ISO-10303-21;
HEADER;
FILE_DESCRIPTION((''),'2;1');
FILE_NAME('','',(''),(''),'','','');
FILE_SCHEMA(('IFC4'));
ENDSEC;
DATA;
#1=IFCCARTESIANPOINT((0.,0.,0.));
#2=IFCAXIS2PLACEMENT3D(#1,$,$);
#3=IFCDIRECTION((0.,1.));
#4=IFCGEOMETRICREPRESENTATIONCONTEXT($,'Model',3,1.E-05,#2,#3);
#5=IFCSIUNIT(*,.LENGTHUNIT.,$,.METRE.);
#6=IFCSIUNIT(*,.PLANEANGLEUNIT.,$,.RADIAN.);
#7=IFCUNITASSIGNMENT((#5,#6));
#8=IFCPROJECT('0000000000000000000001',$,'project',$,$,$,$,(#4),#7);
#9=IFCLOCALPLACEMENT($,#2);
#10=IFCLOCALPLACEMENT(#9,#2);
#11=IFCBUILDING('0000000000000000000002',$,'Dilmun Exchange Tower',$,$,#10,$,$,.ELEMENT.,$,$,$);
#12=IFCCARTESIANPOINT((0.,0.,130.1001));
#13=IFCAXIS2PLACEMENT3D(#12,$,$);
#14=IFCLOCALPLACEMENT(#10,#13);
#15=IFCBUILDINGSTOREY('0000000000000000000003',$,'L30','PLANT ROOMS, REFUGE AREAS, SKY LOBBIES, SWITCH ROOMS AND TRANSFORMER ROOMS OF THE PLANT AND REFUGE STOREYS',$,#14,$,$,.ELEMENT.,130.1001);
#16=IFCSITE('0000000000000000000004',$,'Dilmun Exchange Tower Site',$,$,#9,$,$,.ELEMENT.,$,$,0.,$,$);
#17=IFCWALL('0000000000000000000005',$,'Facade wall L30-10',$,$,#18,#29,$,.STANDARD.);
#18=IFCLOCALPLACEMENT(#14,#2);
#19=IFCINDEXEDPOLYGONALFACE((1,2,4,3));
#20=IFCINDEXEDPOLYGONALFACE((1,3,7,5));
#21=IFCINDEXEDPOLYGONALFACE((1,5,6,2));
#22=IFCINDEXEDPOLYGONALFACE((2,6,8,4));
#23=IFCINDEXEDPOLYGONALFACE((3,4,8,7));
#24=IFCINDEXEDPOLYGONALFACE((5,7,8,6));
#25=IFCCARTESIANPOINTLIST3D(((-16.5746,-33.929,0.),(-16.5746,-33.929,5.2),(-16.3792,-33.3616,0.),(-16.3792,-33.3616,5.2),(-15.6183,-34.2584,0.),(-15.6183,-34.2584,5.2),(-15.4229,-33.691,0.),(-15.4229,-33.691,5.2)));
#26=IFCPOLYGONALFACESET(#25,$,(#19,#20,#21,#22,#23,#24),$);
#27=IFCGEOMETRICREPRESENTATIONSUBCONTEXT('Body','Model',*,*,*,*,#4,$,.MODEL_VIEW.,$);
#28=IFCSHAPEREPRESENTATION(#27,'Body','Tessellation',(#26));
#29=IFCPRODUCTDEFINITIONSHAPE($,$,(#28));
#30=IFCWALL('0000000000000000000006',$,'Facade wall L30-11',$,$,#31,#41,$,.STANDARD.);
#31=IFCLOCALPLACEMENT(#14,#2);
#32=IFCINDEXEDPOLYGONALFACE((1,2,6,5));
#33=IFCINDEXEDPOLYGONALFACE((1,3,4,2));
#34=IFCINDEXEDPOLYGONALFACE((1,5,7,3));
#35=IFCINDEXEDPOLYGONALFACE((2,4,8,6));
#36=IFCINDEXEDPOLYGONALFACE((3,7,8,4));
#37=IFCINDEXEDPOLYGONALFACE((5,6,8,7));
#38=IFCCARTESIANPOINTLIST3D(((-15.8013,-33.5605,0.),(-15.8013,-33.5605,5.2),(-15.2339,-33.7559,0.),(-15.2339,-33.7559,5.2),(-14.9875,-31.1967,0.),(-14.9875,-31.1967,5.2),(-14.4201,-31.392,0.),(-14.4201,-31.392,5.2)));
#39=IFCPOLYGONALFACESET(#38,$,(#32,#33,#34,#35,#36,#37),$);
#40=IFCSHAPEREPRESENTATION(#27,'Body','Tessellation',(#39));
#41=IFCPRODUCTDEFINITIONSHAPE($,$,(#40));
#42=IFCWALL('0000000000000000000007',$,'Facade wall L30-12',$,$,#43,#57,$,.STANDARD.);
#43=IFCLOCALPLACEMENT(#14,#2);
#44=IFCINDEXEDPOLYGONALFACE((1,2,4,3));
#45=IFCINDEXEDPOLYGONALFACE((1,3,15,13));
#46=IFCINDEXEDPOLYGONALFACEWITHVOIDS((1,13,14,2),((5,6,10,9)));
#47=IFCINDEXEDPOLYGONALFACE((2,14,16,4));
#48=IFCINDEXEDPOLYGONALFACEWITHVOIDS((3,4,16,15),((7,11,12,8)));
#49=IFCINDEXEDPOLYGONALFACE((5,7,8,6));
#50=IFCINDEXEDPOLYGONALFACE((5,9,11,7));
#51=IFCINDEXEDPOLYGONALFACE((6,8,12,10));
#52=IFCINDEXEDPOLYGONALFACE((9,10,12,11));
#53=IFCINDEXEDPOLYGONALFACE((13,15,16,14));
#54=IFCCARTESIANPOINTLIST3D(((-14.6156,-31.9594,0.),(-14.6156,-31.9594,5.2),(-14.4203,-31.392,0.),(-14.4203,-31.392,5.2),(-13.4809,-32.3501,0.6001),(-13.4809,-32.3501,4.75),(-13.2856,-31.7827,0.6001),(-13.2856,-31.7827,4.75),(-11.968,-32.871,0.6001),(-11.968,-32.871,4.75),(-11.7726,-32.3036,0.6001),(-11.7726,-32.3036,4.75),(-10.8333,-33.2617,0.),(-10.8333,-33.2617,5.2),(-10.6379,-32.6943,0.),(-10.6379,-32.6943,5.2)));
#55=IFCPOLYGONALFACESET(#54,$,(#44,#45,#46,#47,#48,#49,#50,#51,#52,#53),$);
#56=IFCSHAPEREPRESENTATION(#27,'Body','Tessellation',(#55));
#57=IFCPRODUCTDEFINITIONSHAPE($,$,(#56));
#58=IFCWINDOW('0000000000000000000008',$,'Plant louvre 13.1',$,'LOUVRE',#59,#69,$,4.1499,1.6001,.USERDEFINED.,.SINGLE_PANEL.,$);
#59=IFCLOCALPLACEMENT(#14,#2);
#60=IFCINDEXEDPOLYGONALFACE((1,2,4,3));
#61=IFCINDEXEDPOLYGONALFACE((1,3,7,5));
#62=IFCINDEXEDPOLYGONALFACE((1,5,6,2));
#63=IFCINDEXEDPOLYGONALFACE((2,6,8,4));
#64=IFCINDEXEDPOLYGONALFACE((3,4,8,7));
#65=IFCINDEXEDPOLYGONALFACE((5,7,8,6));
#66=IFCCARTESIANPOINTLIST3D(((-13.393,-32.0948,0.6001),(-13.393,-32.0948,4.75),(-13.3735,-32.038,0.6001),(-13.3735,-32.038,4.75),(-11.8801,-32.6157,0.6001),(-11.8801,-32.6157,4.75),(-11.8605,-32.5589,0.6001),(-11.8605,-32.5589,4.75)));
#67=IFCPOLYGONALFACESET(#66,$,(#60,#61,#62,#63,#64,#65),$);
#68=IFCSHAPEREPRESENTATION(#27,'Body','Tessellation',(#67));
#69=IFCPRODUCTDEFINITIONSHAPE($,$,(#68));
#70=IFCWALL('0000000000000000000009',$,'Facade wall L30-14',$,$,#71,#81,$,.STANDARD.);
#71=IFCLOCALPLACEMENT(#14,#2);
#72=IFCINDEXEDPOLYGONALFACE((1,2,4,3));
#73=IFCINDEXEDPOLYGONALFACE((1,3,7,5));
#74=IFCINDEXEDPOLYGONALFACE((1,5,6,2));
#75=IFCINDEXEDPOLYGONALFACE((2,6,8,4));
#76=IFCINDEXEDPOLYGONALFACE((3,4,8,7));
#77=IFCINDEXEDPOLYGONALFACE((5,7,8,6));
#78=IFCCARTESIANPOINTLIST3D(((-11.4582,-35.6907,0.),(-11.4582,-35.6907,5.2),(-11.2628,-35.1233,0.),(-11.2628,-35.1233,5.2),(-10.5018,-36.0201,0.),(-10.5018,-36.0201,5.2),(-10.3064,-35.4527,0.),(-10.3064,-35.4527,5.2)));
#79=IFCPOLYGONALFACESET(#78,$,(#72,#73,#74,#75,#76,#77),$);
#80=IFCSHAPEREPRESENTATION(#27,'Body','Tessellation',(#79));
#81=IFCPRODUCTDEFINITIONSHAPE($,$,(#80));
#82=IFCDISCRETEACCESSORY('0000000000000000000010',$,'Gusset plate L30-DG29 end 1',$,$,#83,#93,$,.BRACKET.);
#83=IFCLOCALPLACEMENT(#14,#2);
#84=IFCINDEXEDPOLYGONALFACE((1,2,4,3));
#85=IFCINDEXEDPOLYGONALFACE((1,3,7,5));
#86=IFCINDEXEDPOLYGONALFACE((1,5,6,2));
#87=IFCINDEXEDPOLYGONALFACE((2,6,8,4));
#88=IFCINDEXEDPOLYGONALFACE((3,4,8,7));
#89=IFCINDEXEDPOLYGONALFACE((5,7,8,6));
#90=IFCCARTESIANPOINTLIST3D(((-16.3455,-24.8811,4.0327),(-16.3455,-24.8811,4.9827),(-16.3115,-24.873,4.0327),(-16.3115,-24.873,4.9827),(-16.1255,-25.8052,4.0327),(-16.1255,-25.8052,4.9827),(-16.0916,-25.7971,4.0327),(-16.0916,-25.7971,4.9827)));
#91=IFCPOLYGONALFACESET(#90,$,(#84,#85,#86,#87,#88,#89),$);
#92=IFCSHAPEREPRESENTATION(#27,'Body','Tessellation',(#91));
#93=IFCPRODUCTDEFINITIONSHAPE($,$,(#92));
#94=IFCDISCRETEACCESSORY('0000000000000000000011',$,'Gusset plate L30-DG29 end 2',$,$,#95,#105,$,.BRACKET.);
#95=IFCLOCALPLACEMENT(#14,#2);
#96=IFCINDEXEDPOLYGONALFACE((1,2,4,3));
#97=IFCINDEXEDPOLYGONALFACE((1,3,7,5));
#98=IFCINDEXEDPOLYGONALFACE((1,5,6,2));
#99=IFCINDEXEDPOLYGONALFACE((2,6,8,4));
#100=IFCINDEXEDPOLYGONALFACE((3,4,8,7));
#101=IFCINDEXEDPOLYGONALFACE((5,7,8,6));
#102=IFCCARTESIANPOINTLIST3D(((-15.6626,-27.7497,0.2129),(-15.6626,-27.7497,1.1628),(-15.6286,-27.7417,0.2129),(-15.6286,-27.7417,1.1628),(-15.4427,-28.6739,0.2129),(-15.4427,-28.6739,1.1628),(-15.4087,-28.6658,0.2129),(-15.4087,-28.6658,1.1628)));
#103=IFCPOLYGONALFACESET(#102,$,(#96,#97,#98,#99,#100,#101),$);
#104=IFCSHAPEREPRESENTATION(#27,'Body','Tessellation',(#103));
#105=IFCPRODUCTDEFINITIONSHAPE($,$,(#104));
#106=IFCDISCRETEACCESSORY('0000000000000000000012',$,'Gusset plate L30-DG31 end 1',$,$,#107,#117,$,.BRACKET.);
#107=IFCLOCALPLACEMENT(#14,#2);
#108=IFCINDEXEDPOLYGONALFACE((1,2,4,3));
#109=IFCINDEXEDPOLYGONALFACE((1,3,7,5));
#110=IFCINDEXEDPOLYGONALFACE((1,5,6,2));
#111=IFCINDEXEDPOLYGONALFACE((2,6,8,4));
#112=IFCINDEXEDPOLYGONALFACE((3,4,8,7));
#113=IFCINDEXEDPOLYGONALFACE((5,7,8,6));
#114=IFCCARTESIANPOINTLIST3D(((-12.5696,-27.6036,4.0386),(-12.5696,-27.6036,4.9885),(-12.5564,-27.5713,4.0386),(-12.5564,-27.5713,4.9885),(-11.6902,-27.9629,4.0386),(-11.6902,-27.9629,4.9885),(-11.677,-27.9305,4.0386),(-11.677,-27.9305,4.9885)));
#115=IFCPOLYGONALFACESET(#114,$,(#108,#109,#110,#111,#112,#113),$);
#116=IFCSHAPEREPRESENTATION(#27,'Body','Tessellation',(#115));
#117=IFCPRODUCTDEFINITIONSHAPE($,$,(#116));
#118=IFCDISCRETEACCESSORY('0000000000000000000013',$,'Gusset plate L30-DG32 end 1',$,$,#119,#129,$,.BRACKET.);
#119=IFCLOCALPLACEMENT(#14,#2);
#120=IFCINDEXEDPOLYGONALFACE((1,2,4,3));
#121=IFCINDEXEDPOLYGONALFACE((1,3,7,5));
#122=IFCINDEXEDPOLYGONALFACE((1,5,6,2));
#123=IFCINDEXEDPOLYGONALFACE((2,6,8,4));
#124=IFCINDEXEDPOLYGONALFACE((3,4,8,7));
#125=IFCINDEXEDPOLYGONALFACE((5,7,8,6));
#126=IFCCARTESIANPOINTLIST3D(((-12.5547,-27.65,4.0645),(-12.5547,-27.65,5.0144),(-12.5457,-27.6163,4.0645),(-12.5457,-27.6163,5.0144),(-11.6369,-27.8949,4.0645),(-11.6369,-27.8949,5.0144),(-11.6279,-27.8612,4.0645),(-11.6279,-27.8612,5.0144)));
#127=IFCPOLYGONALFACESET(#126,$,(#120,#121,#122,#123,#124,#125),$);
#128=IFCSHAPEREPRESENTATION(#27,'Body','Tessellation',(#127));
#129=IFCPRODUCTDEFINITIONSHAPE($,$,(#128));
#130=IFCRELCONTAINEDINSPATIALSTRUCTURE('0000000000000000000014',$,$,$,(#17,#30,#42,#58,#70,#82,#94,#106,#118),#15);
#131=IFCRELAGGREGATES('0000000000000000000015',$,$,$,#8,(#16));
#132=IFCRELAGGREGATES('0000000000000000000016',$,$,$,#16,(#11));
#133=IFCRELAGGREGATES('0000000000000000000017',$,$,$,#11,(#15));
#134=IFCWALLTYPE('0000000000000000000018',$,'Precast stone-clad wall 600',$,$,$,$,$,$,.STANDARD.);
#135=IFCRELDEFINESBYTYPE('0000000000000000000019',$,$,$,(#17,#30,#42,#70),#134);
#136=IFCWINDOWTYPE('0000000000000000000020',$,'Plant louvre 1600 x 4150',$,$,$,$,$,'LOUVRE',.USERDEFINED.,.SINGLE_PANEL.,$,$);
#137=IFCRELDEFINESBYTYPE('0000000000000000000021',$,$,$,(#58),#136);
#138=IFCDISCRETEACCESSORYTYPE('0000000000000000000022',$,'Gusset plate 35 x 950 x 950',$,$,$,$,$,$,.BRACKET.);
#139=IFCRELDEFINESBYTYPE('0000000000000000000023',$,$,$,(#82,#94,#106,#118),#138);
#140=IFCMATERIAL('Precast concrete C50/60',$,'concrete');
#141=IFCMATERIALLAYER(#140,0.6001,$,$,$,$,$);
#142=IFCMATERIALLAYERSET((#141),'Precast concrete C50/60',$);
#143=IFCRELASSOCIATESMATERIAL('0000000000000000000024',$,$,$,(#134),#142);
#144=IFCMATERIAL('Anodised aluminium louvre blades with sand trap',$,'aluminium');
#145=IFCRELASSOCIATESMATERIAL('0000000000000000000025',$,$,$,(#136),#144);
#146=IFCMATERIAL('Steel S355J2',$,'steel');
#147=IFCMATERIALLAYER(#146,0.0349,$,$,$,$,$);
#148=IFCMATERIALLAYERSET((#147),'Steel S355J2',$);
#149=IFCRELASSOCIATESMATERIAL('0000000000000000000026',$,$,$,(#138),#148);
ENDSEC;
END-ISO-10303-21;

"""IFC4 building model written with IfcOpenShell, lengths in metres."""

from ifc_helpers import new_model, si_unit, direction, frame, frame_2d, origin, origin_2d, place, context, subcontext, project, spatial, rectangle, extrude, material, layer, layer_set, type_object, element, fill, save


model = new_model("IFC4")

# Units and contexts
model_context = context("Model", 3, precision=1e-05, world=origin(), true_north=direction((0.0, 1.0)))
body_context = subcontext(model_context, "Body", "Model", "MODEL_VIEW")
ifc_project = project(units=[si_unit("LENGTHUNIT", "METRE"), si_unit("PLANEANGLEUNIT", "RADIAN")], contexts=[model_context])

# Site, building, storey
site_placement = place(None, origin())
site = spatial("IfcSite", under=ifc_project, at=site_placement, Name="Dilmun Exchange Tower Site", CompositionType="ELEMENT", RefElevation=0.0)
building_placement = place(site_placement, origin())
building = spatial("IfcBuilding", under=site, at=building_placement, Name="Dilmun Exchange Tower", CompositionType="ELEMENT")
storey_placement = place(building_placement, frame((0.0, 0.0, 130.1001)))
storey = spatial("IfcBuildingStorey", under=building, at=storey_placement, Name="L30", Description="PLANT ROOMS, REFUGE AREAS, SKY LOBBIES, SWITCH ROOMS AND TRANSFORMER ROOMS OF THE PLANT AND REFUGE STOREYS", CompositionType="ELEMENT", Elevation=130.1001)

# Walls
ifc_material_1 = material(Name="Precast concrete C50/60", Category="concrete")
ifc_layer_1 = layer(ifc_material_1, 0.6001)
ifc_layer_set_1 = layer_set([ifc_layer_1], Name="Precast concrete C50/60")
wall_type_1 = type_object("IfcWallType", Name="Precast stone-clad wall 600", PredefinedType="STANDARD", material=ifc_layer_set_1)
wall_1_placement = place(storey_placement, frame((-16.4771, -33.6453, 0.0), z_axis=(0.0, 0.0, 1.0), x_axis=(0.945499, -0.325626, 0.0)))
element("IfcWall", 1, at=wall_1_placement, inside=storey, type_object=wall_type_1, Name="Facade wall L30-10", PredefinedType="STANDARD", context=body_context, shape_type="SweptSolid", body=[
    extrude(rectangle(XDim=1.0115, YDim=0.6001, at=frame_2d((0.5059, 0.0))), origin(), (0.0, 0.0, 1.0), 5.2),
])
wall_2_placement = place(storey_placement, frame((-15.5176, -33.6582, 0.0), z_axis=(0.0, 0.0, 1.0), x_axis=(0.3255, 0.945542, 0.0)))
element("IfcWall", 2, at=wall_2_placement, inside=storey, type_object=wall_type_1, Name="Facade wall L30-11", PredefinedType="STANDARD", context=body_context, shape_type="SweptSolid", body=[
    extrude(rectangle(XDim=2.5, YDim=0.6001, at=frame_2d((1.25, 0.0))), origin(), (0.0, 0.0, 1.0), 5.2),
])

# Wall, opening, window
wall_3_placement = place(storey_placement, frame((-14.5178, -31.6758, 0.0), z_axis=(0.0, 0.0, 1.0), x_axis=(0.945525, -0.325551, 0.0)))
wall_3 = element("IfcWall", 3, at=wall_3_placement, inside=storey, type_object=wall_type_1, Name="Facade wall L30-12", PredefinedType="STANDARD", context=body_context, shape_type="SweptSolid", body=[
    extrude(rectangle(XDim=4.0002, YDim=0.6001, at=frame_2d((2.0, 0.0))), origin(), (0.0, 0.0, 1.0), 5.2),
])
opening_placement = place(wall_3_placement, frame((1.2, 0.0, 0.6001)))
opening = element("IfcOpeningElement", 4, at=opening_placement, cuts=wall_3, PredefinedType="OPENING", context=body_context, shape_type="SweptSolid", body=[
    extrude(rectangle(XDim=1.6001, YDim=4.1499, at=frame_2d((0.8, 2.075))), frame((0.0, 0.3101, 0.0), z_axis=(0.0, -1.0, 0.0), x_axis=(1.0, 0.0, 0.0)), (0.0, 0.0, 1.0), 0.6201),
])
ifc_material_2 = material(Name="Anodised aluminium louvre blades with sand trap", Category="aluminium")
window_type = type_object("IfcWindowType", Name="Plant louvre 1600 x 4150", ElementType="LOUVRE", PartitioningType="SINGLE_PANEL", PredefinedType="USERDEFINED", material=ifc_material_2)
window_placement = place(opening_placement, origin())
window = element("IfcWindow", 5, at=window_placement, inside=storey, type_object=window_type, Name="Plant louvre 13.1", ObjectType="LOUVRE", OverallHeight=4.1499, OverallWidth=1.6001, PartitioningType="SINGLE_PANEL", PredefinedType="USERDEFINED", context=body_context, shape_type="SweptSolid", body=[
    extrude(rectangle(XDim=1.6001, YDim=4.1499, at=frame_2d((0.8, 2.075))), frame((0.0, 0.03, 0.0), z_axis=(0.0, -1.0, 0.0), x_axis=(1.0, 0.0, 0.0)), (0.0, 0.0, 1.0), 0.0601),
])
fill(opening, window)

# Wall
wall_4_placement = place(storey_placement, frame((-11.3606, -35.407, 0.0), z_axis=(0.0, 0.0, 1.0), x_axis=(0.945499, -0.325626, 0.0)))
element("IfcWall", 6, at=wall_4_placement, inside=storey, type_object=wall_type_1, Name="Facade wall L30-14", PredefinedType="STANDARD", context=body_context, shape_type="SweptSolid", body=[
    extrude(rectangle(XDim=1.0115, YDim=0.6001, at=frame_2d((0.5059, 0.0))), origin(), (0.0, 0.0, 1.0), 5.2),
])

# Discrete accessories
ifc_material_3 = material(Name="Steel S355J2", Category="steel")
ifc_layer_2 = layer(ifc_material_3, 0.0349)
ifc_layer_set_2 = layer_set([ifc_layer_2], Name="Steel S355J2")
discrete_accessory_type = type_object("IfcDiscreteAccessoryType", Name="Gusset plate 35 x 950 x 950", PredefinedType="BRACKET", material=ifc_layer_set_2)
for number, where, z_axis, x_axis, name in (
    (7, (-16.2185, -25.3391, 4.0327), (0.0, 0.0, 1.0), (0.231529, -0.972828, 0.0), "Gusset plate L30-DG29 end 1"),
    (8, (-15.5356, -28.2078, 0.2129), (0.0, 0.0, 1.0), (0.231529, -0.972828, 0.0), "Gusset plate L30-DG29 end 2"),
    (9, (-12.1233, -27.7671, 4.0386), (0.0, 0.0, 1.0), (0.925738, -0.378166, 0.0), "Gusset plate L30-DG31 end 1"),
    (10, (-12.0913, -27.7556, 4.0645), (0.0, 0.0, 1.0), (0.966198, -0.257801, 0.0), "Gusset plate L30-DG32 end 1"),
):
    element("IfcDiscreteAccessory", number, at=place(storey_placement, frame(where, z_axis=z_axis, x_axis=x_axis)), inside=storey, type_object=discrete_accessory_type, Name=name, PredefinedType="BRACKET", context=body_context, shape_type="SweptSolid", body=[
        extrude(rectangle(XDim=0.95, YDim=0.0349, at=origin_2d()), origin(), (0.0, 0.0, 1.0), 0.95),
    ])

save(model, "model.ifc")
